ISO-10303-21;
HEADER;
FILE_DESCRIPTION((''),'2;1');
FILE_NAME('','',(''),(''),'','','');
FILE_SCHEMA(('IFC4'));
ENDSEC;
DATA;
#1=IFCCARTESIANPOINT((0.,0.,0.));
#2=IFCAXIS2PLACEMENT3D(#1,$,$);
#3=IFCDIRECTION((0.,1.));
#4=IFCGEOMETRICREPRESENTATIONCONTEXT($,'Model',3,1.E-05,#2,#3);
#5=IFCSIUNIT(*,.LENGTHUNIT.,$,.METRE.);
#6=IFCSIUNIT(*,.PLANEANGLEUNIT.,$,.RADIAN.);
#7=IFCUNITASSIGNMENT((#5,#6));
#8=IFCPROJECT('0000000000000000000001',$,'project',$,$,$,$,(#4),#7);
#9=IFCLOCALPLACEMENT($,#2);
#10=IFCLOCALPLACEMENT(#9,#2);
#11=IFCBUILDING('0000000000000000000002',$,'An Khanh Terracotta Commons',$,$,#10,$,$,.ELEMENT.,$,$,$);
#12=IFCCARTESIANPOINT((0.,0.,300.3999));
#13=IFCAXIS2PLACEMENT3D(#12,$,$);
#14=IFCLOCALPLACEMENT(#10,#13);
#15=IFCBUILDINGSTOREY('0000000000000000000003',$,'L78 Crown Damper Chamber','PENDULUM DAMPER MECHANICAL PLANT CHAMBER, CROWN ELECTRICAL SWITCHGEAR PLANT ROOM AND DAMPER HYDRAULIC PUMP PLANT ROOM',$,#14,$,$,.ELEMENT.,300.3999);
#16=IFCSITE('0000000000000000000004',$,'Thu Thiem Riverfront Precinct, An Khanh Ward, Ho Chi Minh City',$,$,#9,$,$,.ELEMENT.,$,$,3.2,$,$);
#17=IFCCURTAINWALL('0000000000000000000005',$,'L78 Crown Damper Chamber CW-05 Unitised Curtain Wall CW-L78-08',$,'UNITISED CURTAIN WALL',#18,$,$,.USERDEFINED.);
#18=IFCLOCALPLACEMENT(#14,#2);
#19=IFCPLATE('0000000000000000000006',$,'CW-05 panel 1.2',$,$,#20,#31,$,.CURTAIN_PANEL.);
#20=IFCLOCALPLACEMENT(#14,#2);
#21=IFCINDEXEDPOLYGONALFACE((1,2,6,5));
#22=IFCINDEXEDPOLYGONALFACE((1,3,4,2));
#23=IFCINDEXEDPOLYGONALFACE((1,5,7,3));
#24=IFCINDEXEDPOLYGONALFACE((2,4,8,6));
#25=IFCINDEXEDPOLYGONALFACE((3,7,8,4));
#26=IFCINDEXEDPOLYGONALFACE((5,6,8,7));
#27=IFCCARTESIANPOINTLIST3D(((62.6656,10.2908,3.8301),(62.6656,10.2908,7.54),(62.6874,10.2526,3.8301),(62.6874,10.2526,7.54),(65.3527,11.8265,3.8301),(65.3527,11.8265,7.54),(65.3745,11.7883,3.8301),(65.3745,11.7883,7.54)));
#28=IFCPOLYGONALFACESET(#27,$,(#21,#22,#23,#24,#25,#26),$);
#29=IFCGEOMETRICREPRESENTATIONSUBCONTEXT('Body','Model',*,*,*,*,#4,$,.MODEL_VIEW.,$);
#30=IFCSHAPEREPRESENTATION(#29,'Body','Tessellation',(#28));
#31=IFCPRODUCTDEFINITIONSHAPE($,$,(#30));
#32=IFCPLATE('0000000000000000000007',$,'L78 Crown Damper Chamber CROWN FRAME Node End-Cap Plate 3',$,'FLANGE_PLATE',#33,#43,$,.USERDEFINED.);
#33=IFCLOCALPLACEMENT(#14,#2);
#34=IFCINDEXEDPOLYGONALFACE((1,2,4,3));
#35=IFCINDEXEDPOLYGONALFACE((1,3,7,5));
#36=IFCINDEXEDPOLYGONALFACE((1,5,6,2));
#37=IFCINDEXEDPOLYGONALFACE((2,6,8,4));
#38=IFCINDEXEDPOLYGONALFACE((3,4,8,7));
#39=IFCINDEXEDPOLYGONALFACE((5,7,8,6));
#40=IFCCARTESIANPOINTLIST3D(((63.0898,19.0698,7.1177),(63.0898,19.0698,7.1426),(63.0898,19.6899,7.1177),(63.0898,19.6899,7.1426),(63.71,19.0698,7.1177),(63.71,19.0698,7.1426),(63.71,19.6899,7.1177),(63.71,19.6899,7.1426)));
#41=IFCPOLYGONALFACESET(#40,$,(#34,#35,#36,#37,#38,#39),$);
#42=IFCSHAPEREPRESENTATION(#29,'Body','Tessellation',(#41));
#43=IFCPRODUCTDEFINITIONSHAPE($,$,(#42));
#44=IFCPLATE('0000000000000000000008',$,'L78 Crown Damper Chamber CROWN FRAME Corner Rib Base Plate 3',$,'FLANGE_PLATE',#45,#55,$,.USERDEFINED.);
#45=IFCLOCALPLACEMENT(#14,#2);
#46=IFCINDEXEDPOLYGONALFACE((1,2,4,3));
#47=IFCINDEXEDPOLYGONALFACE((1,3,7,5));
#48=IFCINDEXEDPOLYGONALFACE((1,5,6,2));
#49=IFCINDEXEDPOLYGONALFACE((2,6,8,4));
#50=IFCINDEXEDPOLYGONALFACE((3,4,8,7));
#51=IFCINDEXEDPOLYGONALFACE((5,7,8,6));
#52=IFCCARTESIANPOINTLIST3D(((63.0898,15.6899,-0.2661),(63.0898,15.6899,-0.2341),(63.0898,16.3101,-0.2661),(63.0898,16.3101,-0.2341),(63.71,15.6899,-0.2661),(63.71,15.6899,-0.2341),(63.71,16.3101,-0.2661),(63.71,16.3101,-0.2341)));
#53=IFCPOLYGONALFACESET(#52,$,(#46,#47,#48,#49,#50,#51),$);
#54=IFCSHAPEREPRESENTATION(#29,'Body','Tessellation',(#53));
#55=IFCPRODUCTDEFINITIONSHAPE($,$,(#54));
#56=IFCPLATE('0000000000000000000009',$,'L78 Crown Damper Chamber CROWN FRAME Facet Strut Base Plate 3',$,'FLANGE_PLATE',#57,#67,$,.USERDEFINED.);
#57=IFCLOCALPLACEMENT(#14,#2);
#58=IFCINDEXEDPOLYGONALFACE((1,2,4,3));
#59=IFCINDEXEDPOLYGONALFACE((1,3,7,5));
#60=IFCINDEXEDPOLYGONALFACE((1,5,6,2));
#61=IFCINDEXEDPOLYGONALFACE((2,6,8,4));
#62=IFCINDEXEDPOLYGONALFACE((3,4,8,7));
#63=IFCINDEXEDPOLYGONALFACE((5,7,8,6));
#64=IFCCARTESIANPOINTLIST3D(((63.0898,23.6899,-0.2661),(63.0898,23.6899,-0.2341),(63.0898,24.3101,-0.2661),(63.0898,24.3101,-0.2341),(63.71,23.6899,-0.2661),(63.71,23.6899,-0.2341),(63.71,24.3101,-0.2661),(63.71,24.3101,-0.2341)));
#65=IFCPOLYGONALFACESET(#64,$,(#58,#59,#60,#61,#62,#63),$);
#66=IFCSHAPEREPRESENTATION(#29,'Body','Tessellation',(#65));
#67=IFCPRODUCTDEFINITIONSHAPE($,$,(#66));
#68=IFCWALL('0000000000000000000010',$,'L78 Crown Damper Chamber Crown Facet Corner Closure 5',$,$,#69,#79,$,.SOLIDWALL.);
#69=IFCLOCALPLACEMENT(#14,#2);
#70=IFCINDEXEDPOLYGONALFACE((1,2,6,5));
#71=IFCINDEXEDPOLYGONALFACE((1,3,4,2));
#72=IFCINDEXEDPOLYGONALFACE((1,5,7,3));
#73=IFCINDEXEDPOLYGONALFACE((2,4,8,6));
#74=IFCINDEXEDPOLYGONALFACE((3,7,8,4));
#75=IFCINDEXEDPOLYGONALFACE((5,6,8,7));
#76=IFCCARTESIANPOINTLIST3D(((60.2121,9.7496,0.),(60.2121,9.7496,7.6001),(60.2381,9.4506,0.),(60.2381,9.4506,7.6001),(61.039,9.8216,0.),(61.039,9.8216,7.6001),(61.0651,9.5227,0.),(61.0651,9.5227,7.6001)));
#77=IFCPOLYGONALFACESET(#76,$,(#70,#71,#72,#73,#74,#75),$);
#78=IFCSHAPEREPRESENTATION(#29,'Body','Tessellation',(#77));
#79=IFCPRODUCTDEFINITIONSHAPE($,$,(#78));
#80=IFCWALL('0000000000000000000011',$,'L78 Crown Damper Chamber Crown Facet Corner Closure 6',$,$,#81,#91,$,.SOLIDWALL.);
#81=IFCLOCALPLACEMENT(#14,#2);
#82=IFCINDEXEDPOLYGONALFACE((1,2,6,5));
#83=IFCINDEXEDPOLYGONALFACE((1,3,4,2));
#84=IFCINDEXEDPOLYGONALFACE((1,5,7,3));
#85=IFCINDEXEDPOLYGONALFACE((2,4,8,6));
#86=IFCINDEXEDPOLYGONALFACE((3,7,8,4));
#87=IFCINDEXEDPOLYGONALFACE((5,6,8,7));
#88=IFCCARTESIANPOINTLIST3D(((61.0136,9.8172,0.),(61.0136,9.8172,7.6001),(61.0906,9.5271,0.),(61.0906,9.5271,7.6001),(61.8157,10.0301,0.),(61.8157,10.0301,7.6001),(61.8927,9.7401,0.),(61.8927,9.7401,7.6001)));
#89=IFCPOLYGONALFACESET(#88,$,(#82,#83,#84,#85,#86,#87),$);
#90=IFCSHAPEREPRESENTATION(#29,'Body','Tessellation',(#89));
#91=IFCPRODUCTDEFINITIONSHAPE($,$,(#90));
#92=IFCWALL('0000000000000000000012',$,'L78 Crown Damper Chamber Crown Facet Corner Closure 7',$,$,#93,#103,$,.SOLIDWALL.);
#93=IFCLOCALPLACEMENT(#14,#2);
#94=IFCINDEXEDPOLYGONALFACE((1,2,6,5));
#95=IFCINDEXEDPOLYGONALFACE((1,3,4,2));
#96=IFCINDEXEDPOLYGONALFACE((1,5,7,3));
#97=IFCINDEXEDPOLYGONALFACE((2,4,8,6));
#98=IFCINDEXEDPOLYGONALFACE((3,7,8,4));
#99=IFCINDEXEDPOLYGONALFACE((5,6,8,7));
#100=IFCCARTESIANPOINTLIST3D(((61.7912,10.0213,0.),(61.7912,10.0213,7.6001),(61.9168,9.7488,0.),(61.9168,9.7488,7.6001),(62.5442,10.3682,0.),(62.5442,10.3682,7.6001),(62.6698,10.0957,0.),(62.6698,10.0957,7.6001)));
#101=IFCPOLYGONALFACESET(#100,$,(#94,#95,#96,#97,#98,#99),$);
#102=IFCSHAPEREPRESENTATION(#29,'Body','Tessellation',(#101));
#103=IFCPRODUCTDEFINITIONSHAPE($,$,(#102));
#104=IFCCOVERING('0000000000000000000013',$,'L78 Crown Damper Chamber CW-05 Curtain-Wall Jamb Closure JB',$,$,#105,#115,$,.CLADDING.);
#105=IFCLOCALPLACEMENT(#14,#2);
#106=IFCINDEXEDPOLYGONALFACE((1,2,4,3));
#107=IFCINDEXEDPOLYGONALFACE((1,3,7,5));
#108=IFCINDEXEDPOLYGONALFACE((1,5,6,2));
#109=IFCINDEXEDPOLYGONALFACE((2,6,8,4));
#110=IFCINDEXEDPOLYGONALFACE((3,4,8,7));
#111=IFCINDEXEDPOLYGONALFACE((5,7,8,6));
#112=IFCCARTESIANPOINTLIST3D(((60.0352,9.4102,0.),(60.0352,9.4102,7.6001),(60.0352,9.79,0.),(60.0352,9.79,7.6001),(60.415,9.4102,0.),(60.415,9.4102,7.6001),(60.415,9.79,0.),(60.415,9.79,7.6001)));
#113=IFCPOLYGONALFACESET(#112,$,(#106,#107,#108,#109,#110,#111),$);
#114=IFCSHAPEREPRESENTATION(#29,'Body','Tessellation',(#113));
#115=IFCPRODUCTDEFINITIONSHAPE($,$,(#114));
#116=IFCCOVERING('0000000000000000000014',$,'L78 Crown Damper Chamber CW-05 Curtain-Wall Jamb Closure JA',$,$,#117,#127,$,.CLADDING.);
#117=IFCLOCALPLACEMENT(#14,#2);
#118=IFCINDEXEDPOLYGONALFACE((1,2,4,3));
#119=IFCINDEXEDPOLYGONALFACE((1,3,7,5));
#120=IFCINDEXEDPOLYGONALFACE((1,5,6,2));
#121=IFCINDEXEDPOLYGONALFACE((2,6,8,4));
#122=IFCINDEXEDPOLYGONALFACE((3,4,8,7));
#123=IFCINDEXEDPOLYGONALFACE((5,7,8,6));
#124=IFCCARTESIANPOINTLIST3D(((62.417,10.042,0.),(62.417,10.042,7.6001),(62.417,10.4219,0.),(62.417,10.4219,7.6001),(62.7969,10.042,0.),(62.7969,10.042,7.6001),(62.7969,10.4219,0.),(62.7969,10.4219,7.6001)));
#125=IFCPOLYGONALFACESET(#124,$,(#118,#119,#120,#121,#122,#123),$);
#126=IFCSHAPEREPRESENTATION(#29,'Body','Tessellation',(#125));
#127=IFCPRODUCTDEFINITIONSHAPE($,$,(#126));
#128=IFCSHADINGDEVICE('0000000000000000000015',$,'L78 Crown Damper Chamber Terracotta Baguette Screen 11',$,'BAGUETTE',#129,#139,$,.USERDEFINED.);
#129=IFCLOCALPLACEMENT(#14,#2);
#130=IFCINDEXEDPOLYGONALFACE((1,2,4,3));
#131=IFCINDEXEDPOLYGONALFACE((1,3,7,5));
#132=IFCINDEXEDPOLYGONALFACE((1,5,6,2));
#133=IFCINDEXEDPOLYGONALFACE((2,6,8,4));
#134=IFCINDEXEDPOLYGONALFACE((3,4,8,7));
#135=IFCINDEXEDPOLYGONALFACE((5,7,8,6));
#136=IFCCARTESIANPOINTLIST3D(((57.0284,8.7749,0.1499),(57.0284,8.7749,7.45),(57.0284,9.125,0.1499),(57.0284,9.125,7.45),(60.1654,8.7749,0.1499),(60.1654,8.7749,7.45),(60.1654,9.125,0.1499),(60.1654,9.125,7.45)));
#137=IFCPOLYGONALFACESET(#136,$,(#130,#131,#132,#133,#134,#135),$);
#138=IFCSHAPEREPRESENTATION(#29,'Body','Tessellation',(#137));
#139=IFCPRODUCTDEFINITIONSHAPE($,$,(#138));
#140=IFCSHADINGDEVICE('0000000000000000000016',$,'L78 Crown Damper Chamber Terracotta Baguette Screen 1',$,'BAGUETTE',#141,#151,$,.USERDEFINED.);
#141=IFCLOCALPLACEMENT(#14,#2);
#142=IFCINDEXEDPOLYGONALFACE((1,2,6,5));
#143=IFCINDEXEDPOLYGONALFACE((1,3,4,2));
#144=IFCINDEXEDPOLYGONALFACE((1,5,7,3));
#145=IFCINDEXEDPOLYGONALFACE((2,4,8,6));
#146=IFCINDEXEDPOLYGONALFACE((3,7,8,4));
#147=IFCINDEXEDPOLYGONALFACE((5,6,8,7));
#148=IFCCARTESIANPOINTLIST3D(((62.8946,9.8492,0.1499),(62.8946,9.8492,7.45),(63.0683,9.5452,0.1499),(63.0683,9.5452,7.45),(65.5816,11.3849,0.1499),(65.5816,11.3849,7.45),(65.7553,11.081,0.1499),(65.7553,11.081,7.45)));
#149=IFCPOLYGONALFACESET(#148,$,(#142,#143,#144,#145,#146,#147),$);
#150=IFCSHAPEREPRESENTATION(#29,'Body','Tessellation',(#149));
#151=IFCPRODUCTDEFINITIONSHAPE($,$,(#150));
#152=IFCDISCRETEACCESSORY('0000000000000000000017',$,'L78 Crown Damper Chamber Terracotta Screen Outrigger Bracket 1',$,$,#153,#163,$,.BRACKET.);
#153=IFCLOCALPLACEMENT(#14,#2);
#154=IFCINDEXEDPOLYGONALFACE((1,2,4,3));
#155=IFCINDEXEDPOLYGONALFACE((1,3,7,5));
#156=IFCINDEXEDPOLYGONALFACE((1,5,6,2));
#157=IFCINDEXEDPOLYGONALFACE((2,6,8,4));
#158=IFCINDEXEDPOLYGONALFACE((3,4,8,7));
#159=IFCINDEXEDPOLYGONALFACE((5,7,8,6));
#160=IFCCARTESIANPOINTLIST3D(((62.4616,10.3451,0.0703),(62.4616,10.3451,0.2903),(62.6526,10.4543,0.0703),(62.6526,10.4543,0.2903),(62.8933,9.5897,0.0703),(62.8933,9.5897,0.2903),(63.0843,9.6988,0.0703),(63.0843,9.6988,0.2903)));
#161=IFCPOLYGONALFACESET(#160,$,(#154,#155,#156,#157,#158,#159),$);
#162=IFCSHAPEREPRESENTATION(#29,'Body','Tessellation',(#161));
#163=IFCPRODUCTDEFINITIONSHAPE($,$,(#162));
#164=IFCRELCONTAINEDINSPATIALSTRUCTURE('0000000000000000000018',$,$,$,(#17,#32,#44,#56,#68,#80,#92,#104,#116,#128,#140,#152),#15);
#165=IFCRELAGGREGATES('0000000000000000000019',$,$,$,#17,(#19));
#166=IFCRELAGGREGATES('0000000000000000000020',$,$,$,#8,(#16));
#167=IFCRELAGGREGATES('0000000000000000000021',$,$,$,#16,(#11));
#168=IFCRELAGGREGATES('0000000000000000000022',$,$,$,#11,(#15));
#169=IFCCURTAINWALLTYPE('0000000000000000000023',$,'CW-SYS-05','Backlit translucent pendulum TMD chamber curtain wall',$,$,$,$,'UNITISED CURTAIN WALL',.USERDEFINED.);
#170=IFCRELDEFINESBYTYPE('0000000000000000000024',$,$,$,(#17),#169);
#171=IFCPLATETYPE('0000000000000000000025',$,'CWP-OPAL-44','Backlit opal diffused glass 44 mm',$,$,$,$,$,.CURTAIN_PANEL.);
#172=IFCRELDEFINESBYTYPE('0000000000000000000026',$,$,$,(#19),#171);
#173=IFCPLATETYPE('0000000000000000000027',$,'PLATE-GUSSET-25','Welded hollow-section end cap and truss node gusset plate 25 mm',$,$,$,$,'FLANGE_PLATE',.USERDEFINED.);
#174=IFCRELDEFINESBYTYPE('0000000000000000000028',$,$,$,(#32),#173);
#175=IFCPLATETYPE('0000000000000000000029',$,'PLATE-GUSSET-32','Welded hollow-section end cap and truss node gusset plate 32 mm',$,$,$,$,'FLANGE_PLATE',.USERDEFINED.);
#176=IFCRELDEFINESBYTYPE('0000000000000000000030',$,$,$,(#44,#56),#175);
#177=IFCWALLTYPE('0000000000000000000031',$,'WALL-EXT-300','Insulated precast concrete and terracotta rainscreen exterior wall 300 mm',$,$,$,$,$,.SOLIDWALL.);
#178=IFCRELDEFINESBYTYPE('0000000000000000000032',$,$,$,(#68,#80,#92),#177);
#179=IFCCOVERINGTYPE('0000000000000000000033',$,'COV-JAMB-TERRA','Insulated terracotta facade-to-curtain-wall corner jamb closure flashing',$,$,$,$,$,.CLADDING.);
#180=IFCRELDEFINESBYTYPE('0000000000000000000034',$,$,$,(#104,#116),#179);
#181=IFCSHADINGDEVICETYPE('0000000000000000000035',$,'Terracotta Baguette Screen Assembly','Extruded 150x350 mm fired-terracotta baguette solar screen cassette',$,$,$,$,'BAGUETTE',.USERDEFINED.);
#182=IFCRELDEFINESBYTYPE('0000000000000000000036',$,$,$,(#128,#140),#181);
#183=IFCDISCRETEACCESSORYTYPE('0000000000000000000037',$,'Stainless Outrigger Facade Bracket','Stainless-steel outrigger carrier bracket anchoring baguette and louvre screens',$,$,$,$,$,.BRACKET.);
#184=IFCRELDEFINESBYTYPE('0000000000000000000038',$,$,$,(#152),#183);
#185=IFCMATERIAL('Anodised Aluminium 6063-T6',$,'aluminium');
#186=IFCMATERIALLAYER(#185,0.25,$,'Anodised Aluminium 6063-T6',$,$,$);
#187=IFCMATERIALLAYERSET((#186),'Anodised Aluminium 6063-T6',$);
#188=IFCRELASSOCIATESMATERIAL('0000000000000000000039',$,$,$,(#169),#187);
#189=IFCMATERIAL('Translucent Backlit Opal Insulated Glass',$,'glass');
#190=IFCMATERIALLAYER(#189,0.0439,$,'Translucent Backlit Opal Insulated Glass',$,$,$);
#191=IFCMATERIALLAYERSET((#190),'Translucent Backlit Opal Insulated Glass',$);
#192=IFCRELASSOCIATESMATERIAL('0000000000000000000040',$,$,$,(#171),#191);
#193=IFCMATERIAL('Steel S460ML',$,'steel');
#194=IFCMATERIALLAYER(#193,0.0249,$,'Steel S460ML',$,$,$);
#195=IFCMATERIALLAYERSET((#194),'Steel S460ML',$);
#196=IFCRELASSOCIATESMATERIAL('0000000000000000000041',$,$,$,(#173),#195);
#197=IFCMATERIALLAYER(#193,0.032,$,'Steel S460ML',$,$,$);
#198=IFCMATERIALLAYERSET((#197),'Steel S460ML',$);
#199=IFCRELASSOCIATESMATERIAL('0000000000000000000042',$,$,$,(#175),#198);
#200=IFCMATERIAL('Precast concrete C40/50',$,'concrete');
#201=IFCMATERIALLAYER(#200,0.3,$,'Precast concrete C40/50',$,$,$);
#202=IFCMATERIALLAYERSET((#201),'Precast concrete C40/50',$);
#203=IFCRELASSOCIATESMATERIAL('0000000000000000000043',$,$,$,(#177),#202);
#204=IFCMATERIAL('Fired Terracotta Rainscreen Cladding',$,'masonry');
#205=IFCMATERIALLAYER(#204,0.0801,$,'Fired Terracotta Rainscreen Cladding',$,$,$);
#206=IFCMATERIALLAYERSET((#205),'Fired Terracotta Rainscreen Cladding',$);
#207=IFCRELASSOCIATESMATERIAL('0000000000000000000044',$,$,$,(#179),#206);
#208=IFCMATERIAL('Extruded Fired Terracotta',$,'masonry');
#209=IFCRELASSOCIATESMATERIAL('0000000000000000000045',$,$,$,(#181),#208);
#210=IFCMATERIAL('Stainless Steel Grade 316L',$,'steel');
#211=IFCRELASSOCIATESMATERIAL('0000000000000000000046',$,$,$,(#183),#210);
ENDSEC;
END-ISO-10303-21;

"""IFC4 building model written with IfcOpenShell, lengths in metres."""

from ifc_helpers import new_model, si_unit, direction, frame, frame_2d, origin, origin_2d, place, context, subcontext, project, spatial, rectangle, extrude, material, layer, layer_set, type_object, element, aggregate, save


model = new_model("IFC4")

# Units and contexts
model_context = context("Model", 3, precision=1e-05, world=origin(), true_north=direction((0.0, 1.0)))
body_context = subcontext(model_context, "Body", "Model", "MODEL_VIEW")
ifc_project = project(units=[si_unit("LENGTHUNIT", "METRE"), si_unit("PLANEANGLEUNIT", "RADIAN")], contexts=[model_context])

# Site, building, storey
site_placement = place(None, origin())
site = spatial("IfcSite", under=ifc_project, at=site_placement, Name="Thu Thiem Riverfront Precinct, An Khanh Ward, Ho Chi Minh City", CompositionType="ELEMENT", RefElevation=3.2)
building_placement = place(site_placement, origin())
building = spatial("IfcBuilding", under=site, at=building_placement, Name="An Khanh Terracotta Commons", CompositionType="ELEMENT")
storey_placement = place(building_placement, frame((0.0, 0.0, 300.3999)))
storey = spatial("IfcBuildingStorey", under=building, at=storey_placement, Name="L78 Crown Damper Chamber", Description="PENDULUM DAMPER MECHANICAL PLANT CHAMBER, CROWN ELECTRICAL SWITCHGEAR PLANT ROOM AND DAMPER HYDRAULIC PUMP PLANT ROOM", CompositionType="ELEMENT", Elevation=300.3999)

# Shared definitions
ifc_material_1 = material(Name="Steel S460ML", Category="steel")

# Shared definitions
ifc_material_2 = material(Name="Anodised Aluminium 6063-T6", Category="aluminium")
ifc_layer_1 = layer(ifc_material_2, 0.25, Name="Anodised Aluminium 6063-T6")
ifc_layer_set_1 = layer_set([ifc_layer_1], Name="Anodised Aluminium 6063-T6")
curtain_wall_type = type_object("IfcCurtainWallType", Name="CW-SYS-05", Description="Backlit translucent pendulum TMD chamber curtain wall", ElementType="UNITISED CURTAIN WALL", PredefinedType="USERDEFINED", material=ifc_layer_set_1)

# Curtain wall
curtain_wall_1_placement = place(storey_placement, origin())
curtain_wall_1 = element("IfcCurtainWall", 1, at=curtain_wall_1_placement, inside=storey, type_object=curtain_wall_type, Name="L78 Crown Damper Chamber CW-05 Unitised Curtain Wall CW-L78-08", ObjectType="UNITISED CURTAIN WALL", PredefinedType="USERDEFINED")

# Plate
ifc_material_3 = material(Name="Translucent Backlit Opal Insulated Glass", Category="glass")
ifc_layer_2 = layer(ifc_material_3, 0.0439, Name="Translucent Backlit Opal Insulated Glass")
ifc_layer_set_2 = layer_set([ifc_layer_2], Name="Translucent Backlit Opal Insulated Glass")
plate_type_1 = type_object("IfcPlateType", Name="CWP-OPAL-44", Description="Backlit opal diffused glass 44 mm", PredefinedType="CURTAIN_PANEL", material=ifc_layer_set_2)
plate_1_placement = place(storey_placement, frame((64.02, 11.0396, 3.8301), z_axis=(0.0, 0.0, 1.0), x_axis=(0.868205, 0.496206, 0.0)))
plate_1 = element("IfcPlate", 2, at=plate_1_placement, type_object=plate_type_1, Name="CW-05 panel 1.2", PredefinedType="CURTAIN_PANEL", context=body_context, shape_type="SweptSolid", body=[
    extrude(rectangle(XDim=3.095, YDim=0.0439, at=origin_2d()), origin(), (0.0, 0.0, 1.0), 3.71),
])
aggregate(curtain_wall_1, [plate_1])

# Plates
ifc_layer_3 = layer(ifc_material_1, 0.0249, Name="Steel S460ML")
ifc_layer_set_3 = layer_set([ifc_layer_3], Name="Steel S460ML")
plate_type_2 = type_object("IfcPlateType", Name="PLATE-GUSSET-25", Description="Welded hollow-section end cap and truss node gusset plate 25 mm", ElementType="FLANGE_PLATE", PredefinedType="USERDEFINED", material=ifc_layer_set_3)
plate_2_placement = place(storey_placement, frame((63.3999, 19.3799, 7.1177), z_axis=(0.0, 0.0, 1.0), x_axis=(1.0, 0.0, 0.0)))
element("IfcPlate", 3, at=plate_2_placement, inside=storey, type_object=plate_type_2, Name="L78 Crown Damper Chamber CROWN FRAME Node End-Cap Plate 3", ObjectType="FLANGE_PLATE", PredefinedType="USERDEFINED", context=body_context, shape_type="SweptSolid", body=[
    extrude(rectangle(XDim=0.6201, YDim=0.6201, at=origin_2d()), origin(), (0.0, 0.0, 1.0), 0.0249),
])
ifc_layer_4 = layer(ifc_material_1, 0.032, Name="Steel S460ML")
ifc_layer_set_4 = layer_set([ifc_layer_4], Name="Steel S460ML")
plate_type_3 = type_object("IfcPlateType", Name="PLATE-GUSSET-32", Description="Welded hollow-section end cap and truss node gusset plate 32 mm", ElementType="FLANGE_PLATE", PredefinedType="USERDEFINED", material=ifc_layer_set_4)
for number, where, z_axis, x_axis, name in (
    (4, (63.3999, 16.0, -0.2661), (0.0, 0.0, 1.0), (1.0, 0.0, 0.0), "L78 Crown Damper Chamber CROWN FRAME Corner Rib Base Plate 3"),
    (5, (63.3999, 24.0, -0.2661), (0.0, 0.0, 1.0), (1.0, 0.0, 0.0), "L78 Crown Damper Chamber CROWN FRAME Facet Strut Base Plate 3"),
):
    element("IfcPlate", number, at=place(storey_placement, frame(where, z_axis=z_axis, x_axis=x_axis)), inside=storey, type_object=plate_type_3, Name=name, ObjectType="FLANGE_PLATE", PredefinedType="USERDEFINED", context=body_context, shape_type="SweptSolid", body=[
        extrude(rectangle(XDim=0.6201, YDim=0.6201, at=origin_2d()), origin(), (0.0, 0.0, 1.0), 0.032),
    ])

# Walls
ifc_material_4 = material(Name="Precast concrete C40/50", Category="concrete")
ifc_layer_5 = layer(ifc_material_4, 0.3, Name="Precast concrete C40/50")
ifc_layer_set_5 = layer_set([ifc_layer_5], Name="Precast concrete C40/50")
wall_type = type_object("IfcWallType", Name="WALL-EXT-300", Description="Insulated precast concrete and terracotta rainscreen exterior wall 300 mm", PredefinedType="SOLIDWALL", material=ifc_layer_set_5)
wall_1_placement = place(storey_placement, frame((60.2251, 9.6001, 0.0), z_axis=(0.0, 0.0, 1.0), x_axis=(0.996228, 0.086769, 0.0)))
element("IfcWall", 6, at=wall_1_placement, inside=storey, type_object=wall_type, Name="L78 Crown Damper Chamber Crown Facet Corner Closure 5", PredefinedType="SOLIDWALL", context=body_context, shape_type="SweptSolid", body=[
    extrude(rectangle(XDim=0.8301, YDim=0.3, at=frame_2d((0.415, 0.0))), origin(), (0.0, 0.0, 1.0), 7.6001),
])
wall_2_placement = place(storey_placement, frame((61.052, 9.6721, 0.0), z_axis=(0.0, 0.0, 1.0), x_axis=(0.966527, 0.256564, 0.0)))
element("IfcWall", 7, at=wall_2_placement, inside=storey, type_object=wall_type, Name="L78 Crown Damper Chamber Crown Facet Corner Closure 6", PredefinedType="SOLIDWALL", context=body_context, shape_type="SweptSolid", body=[
    extrude(rectangle(XDim=0.8298, YDim=0.3, at=frame_2d((0.415, 0.0))), origin(), (0.0, 0.0, 1.0), 7.6001),
])
wall_3_placement = place(storey_placement, frame((61.854, 9.885, 0.0), z_axis=(0.0, 0.0, 1.0), x_axis=(0.908226, 0.418479, 0.0)))
element("IfcWall", 8, at=wall_3_placement, inside=storey, type_object=wall_type, Name="L78 Crown Damper Chamber Crown Facet Corner Closure 7", PredefinedType="SOLIDWALL", context=body_context, shape_type="SweptSolid", body=[
    extrude(rectangle(XDim=0.8291, YDim=0.3, at=frame_2d((0.4146, 0.0))), origin(), (0.0, 0.0, 1.0), 7.6001),
])

# Coverings
ifc_material_5 = material(Name="Fired Terracotta Rainscreen Cladding", Category="masonry")
ifc_layer_6 = layer(ifc_material_5, 0.0801, Name="Fired Terracotta Rainscreen Cladding")
ifc_layer_set_6 = layer_set([ifc_layer_6], Name="Fired Terracotta Rainscreen Cladding")
covering_type = type_object("IfcCoveringType", Name="COV-JAMB-TERRA", Description="Insulated terracotta facade-to-curtain-wall corner jamb closure flashing", PredefinedType="CLADDING", material=ifc_layer_set_6)
for number, where, z_axis, x_axis, name in (
    (9, (60.2251, 9.6001, 0.0), (0.0, 0.0, 1.0), (1.0, 0.0, 0.0), "L78 Crown Damper Chamber CW-05 Curtain-Wall Jamb Closure JB"),
    (10, (62.6069, 10.2319, 0.0), (0.0, 0.0, 1.0), (1.0, 0.0, 0.0), "L78 Crown Damper Chamber CW-05 Curtain-Wall Jamb Closure JA"),
):
    element("IfcCovering", number, at=place(storey_placement, frame(where, z_axis=z_axis, x_axis=x_axis)), inside=storey, type_object=covering_type, Name=name, PredefinedType="CLADDING", context=body_context, shape_type="SweptSolid", body=[
        extrude(rectangle(XDim=0.3799, YDim=0.3799, at=origin_2d()), origin(), (0.0, 0.0, 1.0), 7.6001),
    ])

# Shading devices
ifc_material_6 = material(Name="Extruded Fired Terracotta", Category="masonry")
shading_device_type = type_object("IfcShadingDeviceType", Name="Terracotta Baguette Screen Assembly", Description="Extruded 150x350 mm fired-terracotta baguette solar screen cassette", ElementType="BAGUETTE", PredefinedType="USERDEFINED", material=ifc_material_6)
shading_device_1_placement = place(storey_placement, frame((58.5969, 8.95, 0.1499), z_axis=(0.0, 0.0, 1.0), x_axis=(1.0, 0.0, 0.0)))
element("IfcShadingDevice", 11, at=shading_device_1_placement, inside=storey, type_object=shading_device_type, Name="L78 Crown Damper Chamber Terracotta Baguette Screen 11", ObjectType="BAGUETTE", PredefinedType="USERDEFINED", context=body_context, shape_type="SweptSolid", body=[
    extrude(rectangle(XDim=3.137, YDim=0.3501, at=origin_2d()), origin(), (0.0, 0.0, 1.0), 7.3),
])
shading_device_2_placement = place(storey_placement, frame((64.325, 10.4651, 0.1499), z_axis=(0.0, 0.0, 1.0), x_axis=(0.868205, 0.496206, 0.0)))
element("IfcShadingDevice", 12, at=shading_device_2_placement, inside=storey, type_object=shading_device_type, Name="L78 Crown Damper Chamber Terracotta Baguette Screen 1", ObjectType="BAGUETTE", PredefinedType="USERDEFINED", context=body_context, shape_type="SweptSolid", body=[
    extrude(rectangle(XDim=3.095, YDim=0.3501, at=origin_2d()), origin(), (0.0, 0.0, 1.0), 7.3),
])

# Discrete accessory
ifc_material_7 = material(Name="Stainless Steel Grade 316L", Category="steel")
discrete_accessory_type = type_object("IfcDiscreteAccessoryType", Name="Stainless Outrigger Facade Bracket", Description="Stainless-steel outrigger carrier bracket anchoring baguette and louvre screens", PredefinedType="BRACKET", material=ifc_material_7)
discrete_accessory_placement = place(storey_placement, frame((62.7729, 10.022, 0.0703), z_axis=(0.0, 0.0, 1.0), x_axis=(0.868205, 0.496206, 0.0)))
element("IfcDiscreteAccessory", 13, at=discrete_accessory_placement, inside=storey, type_object=discrete_accessory_type, Name="L78 Crown Damper Chamber Terracotta Screen Outrigger Bracket 1", PredefinedType="BRACKET", context=body_context, shape_type="SweptSolid", body=[
    extrude(rectangle(XDim=0.22, YDim=0.8701, at=origin_2d()), origin(), (0.0, 0.0, 1.0), 0.22),
])

save(model, "model.ifc")
